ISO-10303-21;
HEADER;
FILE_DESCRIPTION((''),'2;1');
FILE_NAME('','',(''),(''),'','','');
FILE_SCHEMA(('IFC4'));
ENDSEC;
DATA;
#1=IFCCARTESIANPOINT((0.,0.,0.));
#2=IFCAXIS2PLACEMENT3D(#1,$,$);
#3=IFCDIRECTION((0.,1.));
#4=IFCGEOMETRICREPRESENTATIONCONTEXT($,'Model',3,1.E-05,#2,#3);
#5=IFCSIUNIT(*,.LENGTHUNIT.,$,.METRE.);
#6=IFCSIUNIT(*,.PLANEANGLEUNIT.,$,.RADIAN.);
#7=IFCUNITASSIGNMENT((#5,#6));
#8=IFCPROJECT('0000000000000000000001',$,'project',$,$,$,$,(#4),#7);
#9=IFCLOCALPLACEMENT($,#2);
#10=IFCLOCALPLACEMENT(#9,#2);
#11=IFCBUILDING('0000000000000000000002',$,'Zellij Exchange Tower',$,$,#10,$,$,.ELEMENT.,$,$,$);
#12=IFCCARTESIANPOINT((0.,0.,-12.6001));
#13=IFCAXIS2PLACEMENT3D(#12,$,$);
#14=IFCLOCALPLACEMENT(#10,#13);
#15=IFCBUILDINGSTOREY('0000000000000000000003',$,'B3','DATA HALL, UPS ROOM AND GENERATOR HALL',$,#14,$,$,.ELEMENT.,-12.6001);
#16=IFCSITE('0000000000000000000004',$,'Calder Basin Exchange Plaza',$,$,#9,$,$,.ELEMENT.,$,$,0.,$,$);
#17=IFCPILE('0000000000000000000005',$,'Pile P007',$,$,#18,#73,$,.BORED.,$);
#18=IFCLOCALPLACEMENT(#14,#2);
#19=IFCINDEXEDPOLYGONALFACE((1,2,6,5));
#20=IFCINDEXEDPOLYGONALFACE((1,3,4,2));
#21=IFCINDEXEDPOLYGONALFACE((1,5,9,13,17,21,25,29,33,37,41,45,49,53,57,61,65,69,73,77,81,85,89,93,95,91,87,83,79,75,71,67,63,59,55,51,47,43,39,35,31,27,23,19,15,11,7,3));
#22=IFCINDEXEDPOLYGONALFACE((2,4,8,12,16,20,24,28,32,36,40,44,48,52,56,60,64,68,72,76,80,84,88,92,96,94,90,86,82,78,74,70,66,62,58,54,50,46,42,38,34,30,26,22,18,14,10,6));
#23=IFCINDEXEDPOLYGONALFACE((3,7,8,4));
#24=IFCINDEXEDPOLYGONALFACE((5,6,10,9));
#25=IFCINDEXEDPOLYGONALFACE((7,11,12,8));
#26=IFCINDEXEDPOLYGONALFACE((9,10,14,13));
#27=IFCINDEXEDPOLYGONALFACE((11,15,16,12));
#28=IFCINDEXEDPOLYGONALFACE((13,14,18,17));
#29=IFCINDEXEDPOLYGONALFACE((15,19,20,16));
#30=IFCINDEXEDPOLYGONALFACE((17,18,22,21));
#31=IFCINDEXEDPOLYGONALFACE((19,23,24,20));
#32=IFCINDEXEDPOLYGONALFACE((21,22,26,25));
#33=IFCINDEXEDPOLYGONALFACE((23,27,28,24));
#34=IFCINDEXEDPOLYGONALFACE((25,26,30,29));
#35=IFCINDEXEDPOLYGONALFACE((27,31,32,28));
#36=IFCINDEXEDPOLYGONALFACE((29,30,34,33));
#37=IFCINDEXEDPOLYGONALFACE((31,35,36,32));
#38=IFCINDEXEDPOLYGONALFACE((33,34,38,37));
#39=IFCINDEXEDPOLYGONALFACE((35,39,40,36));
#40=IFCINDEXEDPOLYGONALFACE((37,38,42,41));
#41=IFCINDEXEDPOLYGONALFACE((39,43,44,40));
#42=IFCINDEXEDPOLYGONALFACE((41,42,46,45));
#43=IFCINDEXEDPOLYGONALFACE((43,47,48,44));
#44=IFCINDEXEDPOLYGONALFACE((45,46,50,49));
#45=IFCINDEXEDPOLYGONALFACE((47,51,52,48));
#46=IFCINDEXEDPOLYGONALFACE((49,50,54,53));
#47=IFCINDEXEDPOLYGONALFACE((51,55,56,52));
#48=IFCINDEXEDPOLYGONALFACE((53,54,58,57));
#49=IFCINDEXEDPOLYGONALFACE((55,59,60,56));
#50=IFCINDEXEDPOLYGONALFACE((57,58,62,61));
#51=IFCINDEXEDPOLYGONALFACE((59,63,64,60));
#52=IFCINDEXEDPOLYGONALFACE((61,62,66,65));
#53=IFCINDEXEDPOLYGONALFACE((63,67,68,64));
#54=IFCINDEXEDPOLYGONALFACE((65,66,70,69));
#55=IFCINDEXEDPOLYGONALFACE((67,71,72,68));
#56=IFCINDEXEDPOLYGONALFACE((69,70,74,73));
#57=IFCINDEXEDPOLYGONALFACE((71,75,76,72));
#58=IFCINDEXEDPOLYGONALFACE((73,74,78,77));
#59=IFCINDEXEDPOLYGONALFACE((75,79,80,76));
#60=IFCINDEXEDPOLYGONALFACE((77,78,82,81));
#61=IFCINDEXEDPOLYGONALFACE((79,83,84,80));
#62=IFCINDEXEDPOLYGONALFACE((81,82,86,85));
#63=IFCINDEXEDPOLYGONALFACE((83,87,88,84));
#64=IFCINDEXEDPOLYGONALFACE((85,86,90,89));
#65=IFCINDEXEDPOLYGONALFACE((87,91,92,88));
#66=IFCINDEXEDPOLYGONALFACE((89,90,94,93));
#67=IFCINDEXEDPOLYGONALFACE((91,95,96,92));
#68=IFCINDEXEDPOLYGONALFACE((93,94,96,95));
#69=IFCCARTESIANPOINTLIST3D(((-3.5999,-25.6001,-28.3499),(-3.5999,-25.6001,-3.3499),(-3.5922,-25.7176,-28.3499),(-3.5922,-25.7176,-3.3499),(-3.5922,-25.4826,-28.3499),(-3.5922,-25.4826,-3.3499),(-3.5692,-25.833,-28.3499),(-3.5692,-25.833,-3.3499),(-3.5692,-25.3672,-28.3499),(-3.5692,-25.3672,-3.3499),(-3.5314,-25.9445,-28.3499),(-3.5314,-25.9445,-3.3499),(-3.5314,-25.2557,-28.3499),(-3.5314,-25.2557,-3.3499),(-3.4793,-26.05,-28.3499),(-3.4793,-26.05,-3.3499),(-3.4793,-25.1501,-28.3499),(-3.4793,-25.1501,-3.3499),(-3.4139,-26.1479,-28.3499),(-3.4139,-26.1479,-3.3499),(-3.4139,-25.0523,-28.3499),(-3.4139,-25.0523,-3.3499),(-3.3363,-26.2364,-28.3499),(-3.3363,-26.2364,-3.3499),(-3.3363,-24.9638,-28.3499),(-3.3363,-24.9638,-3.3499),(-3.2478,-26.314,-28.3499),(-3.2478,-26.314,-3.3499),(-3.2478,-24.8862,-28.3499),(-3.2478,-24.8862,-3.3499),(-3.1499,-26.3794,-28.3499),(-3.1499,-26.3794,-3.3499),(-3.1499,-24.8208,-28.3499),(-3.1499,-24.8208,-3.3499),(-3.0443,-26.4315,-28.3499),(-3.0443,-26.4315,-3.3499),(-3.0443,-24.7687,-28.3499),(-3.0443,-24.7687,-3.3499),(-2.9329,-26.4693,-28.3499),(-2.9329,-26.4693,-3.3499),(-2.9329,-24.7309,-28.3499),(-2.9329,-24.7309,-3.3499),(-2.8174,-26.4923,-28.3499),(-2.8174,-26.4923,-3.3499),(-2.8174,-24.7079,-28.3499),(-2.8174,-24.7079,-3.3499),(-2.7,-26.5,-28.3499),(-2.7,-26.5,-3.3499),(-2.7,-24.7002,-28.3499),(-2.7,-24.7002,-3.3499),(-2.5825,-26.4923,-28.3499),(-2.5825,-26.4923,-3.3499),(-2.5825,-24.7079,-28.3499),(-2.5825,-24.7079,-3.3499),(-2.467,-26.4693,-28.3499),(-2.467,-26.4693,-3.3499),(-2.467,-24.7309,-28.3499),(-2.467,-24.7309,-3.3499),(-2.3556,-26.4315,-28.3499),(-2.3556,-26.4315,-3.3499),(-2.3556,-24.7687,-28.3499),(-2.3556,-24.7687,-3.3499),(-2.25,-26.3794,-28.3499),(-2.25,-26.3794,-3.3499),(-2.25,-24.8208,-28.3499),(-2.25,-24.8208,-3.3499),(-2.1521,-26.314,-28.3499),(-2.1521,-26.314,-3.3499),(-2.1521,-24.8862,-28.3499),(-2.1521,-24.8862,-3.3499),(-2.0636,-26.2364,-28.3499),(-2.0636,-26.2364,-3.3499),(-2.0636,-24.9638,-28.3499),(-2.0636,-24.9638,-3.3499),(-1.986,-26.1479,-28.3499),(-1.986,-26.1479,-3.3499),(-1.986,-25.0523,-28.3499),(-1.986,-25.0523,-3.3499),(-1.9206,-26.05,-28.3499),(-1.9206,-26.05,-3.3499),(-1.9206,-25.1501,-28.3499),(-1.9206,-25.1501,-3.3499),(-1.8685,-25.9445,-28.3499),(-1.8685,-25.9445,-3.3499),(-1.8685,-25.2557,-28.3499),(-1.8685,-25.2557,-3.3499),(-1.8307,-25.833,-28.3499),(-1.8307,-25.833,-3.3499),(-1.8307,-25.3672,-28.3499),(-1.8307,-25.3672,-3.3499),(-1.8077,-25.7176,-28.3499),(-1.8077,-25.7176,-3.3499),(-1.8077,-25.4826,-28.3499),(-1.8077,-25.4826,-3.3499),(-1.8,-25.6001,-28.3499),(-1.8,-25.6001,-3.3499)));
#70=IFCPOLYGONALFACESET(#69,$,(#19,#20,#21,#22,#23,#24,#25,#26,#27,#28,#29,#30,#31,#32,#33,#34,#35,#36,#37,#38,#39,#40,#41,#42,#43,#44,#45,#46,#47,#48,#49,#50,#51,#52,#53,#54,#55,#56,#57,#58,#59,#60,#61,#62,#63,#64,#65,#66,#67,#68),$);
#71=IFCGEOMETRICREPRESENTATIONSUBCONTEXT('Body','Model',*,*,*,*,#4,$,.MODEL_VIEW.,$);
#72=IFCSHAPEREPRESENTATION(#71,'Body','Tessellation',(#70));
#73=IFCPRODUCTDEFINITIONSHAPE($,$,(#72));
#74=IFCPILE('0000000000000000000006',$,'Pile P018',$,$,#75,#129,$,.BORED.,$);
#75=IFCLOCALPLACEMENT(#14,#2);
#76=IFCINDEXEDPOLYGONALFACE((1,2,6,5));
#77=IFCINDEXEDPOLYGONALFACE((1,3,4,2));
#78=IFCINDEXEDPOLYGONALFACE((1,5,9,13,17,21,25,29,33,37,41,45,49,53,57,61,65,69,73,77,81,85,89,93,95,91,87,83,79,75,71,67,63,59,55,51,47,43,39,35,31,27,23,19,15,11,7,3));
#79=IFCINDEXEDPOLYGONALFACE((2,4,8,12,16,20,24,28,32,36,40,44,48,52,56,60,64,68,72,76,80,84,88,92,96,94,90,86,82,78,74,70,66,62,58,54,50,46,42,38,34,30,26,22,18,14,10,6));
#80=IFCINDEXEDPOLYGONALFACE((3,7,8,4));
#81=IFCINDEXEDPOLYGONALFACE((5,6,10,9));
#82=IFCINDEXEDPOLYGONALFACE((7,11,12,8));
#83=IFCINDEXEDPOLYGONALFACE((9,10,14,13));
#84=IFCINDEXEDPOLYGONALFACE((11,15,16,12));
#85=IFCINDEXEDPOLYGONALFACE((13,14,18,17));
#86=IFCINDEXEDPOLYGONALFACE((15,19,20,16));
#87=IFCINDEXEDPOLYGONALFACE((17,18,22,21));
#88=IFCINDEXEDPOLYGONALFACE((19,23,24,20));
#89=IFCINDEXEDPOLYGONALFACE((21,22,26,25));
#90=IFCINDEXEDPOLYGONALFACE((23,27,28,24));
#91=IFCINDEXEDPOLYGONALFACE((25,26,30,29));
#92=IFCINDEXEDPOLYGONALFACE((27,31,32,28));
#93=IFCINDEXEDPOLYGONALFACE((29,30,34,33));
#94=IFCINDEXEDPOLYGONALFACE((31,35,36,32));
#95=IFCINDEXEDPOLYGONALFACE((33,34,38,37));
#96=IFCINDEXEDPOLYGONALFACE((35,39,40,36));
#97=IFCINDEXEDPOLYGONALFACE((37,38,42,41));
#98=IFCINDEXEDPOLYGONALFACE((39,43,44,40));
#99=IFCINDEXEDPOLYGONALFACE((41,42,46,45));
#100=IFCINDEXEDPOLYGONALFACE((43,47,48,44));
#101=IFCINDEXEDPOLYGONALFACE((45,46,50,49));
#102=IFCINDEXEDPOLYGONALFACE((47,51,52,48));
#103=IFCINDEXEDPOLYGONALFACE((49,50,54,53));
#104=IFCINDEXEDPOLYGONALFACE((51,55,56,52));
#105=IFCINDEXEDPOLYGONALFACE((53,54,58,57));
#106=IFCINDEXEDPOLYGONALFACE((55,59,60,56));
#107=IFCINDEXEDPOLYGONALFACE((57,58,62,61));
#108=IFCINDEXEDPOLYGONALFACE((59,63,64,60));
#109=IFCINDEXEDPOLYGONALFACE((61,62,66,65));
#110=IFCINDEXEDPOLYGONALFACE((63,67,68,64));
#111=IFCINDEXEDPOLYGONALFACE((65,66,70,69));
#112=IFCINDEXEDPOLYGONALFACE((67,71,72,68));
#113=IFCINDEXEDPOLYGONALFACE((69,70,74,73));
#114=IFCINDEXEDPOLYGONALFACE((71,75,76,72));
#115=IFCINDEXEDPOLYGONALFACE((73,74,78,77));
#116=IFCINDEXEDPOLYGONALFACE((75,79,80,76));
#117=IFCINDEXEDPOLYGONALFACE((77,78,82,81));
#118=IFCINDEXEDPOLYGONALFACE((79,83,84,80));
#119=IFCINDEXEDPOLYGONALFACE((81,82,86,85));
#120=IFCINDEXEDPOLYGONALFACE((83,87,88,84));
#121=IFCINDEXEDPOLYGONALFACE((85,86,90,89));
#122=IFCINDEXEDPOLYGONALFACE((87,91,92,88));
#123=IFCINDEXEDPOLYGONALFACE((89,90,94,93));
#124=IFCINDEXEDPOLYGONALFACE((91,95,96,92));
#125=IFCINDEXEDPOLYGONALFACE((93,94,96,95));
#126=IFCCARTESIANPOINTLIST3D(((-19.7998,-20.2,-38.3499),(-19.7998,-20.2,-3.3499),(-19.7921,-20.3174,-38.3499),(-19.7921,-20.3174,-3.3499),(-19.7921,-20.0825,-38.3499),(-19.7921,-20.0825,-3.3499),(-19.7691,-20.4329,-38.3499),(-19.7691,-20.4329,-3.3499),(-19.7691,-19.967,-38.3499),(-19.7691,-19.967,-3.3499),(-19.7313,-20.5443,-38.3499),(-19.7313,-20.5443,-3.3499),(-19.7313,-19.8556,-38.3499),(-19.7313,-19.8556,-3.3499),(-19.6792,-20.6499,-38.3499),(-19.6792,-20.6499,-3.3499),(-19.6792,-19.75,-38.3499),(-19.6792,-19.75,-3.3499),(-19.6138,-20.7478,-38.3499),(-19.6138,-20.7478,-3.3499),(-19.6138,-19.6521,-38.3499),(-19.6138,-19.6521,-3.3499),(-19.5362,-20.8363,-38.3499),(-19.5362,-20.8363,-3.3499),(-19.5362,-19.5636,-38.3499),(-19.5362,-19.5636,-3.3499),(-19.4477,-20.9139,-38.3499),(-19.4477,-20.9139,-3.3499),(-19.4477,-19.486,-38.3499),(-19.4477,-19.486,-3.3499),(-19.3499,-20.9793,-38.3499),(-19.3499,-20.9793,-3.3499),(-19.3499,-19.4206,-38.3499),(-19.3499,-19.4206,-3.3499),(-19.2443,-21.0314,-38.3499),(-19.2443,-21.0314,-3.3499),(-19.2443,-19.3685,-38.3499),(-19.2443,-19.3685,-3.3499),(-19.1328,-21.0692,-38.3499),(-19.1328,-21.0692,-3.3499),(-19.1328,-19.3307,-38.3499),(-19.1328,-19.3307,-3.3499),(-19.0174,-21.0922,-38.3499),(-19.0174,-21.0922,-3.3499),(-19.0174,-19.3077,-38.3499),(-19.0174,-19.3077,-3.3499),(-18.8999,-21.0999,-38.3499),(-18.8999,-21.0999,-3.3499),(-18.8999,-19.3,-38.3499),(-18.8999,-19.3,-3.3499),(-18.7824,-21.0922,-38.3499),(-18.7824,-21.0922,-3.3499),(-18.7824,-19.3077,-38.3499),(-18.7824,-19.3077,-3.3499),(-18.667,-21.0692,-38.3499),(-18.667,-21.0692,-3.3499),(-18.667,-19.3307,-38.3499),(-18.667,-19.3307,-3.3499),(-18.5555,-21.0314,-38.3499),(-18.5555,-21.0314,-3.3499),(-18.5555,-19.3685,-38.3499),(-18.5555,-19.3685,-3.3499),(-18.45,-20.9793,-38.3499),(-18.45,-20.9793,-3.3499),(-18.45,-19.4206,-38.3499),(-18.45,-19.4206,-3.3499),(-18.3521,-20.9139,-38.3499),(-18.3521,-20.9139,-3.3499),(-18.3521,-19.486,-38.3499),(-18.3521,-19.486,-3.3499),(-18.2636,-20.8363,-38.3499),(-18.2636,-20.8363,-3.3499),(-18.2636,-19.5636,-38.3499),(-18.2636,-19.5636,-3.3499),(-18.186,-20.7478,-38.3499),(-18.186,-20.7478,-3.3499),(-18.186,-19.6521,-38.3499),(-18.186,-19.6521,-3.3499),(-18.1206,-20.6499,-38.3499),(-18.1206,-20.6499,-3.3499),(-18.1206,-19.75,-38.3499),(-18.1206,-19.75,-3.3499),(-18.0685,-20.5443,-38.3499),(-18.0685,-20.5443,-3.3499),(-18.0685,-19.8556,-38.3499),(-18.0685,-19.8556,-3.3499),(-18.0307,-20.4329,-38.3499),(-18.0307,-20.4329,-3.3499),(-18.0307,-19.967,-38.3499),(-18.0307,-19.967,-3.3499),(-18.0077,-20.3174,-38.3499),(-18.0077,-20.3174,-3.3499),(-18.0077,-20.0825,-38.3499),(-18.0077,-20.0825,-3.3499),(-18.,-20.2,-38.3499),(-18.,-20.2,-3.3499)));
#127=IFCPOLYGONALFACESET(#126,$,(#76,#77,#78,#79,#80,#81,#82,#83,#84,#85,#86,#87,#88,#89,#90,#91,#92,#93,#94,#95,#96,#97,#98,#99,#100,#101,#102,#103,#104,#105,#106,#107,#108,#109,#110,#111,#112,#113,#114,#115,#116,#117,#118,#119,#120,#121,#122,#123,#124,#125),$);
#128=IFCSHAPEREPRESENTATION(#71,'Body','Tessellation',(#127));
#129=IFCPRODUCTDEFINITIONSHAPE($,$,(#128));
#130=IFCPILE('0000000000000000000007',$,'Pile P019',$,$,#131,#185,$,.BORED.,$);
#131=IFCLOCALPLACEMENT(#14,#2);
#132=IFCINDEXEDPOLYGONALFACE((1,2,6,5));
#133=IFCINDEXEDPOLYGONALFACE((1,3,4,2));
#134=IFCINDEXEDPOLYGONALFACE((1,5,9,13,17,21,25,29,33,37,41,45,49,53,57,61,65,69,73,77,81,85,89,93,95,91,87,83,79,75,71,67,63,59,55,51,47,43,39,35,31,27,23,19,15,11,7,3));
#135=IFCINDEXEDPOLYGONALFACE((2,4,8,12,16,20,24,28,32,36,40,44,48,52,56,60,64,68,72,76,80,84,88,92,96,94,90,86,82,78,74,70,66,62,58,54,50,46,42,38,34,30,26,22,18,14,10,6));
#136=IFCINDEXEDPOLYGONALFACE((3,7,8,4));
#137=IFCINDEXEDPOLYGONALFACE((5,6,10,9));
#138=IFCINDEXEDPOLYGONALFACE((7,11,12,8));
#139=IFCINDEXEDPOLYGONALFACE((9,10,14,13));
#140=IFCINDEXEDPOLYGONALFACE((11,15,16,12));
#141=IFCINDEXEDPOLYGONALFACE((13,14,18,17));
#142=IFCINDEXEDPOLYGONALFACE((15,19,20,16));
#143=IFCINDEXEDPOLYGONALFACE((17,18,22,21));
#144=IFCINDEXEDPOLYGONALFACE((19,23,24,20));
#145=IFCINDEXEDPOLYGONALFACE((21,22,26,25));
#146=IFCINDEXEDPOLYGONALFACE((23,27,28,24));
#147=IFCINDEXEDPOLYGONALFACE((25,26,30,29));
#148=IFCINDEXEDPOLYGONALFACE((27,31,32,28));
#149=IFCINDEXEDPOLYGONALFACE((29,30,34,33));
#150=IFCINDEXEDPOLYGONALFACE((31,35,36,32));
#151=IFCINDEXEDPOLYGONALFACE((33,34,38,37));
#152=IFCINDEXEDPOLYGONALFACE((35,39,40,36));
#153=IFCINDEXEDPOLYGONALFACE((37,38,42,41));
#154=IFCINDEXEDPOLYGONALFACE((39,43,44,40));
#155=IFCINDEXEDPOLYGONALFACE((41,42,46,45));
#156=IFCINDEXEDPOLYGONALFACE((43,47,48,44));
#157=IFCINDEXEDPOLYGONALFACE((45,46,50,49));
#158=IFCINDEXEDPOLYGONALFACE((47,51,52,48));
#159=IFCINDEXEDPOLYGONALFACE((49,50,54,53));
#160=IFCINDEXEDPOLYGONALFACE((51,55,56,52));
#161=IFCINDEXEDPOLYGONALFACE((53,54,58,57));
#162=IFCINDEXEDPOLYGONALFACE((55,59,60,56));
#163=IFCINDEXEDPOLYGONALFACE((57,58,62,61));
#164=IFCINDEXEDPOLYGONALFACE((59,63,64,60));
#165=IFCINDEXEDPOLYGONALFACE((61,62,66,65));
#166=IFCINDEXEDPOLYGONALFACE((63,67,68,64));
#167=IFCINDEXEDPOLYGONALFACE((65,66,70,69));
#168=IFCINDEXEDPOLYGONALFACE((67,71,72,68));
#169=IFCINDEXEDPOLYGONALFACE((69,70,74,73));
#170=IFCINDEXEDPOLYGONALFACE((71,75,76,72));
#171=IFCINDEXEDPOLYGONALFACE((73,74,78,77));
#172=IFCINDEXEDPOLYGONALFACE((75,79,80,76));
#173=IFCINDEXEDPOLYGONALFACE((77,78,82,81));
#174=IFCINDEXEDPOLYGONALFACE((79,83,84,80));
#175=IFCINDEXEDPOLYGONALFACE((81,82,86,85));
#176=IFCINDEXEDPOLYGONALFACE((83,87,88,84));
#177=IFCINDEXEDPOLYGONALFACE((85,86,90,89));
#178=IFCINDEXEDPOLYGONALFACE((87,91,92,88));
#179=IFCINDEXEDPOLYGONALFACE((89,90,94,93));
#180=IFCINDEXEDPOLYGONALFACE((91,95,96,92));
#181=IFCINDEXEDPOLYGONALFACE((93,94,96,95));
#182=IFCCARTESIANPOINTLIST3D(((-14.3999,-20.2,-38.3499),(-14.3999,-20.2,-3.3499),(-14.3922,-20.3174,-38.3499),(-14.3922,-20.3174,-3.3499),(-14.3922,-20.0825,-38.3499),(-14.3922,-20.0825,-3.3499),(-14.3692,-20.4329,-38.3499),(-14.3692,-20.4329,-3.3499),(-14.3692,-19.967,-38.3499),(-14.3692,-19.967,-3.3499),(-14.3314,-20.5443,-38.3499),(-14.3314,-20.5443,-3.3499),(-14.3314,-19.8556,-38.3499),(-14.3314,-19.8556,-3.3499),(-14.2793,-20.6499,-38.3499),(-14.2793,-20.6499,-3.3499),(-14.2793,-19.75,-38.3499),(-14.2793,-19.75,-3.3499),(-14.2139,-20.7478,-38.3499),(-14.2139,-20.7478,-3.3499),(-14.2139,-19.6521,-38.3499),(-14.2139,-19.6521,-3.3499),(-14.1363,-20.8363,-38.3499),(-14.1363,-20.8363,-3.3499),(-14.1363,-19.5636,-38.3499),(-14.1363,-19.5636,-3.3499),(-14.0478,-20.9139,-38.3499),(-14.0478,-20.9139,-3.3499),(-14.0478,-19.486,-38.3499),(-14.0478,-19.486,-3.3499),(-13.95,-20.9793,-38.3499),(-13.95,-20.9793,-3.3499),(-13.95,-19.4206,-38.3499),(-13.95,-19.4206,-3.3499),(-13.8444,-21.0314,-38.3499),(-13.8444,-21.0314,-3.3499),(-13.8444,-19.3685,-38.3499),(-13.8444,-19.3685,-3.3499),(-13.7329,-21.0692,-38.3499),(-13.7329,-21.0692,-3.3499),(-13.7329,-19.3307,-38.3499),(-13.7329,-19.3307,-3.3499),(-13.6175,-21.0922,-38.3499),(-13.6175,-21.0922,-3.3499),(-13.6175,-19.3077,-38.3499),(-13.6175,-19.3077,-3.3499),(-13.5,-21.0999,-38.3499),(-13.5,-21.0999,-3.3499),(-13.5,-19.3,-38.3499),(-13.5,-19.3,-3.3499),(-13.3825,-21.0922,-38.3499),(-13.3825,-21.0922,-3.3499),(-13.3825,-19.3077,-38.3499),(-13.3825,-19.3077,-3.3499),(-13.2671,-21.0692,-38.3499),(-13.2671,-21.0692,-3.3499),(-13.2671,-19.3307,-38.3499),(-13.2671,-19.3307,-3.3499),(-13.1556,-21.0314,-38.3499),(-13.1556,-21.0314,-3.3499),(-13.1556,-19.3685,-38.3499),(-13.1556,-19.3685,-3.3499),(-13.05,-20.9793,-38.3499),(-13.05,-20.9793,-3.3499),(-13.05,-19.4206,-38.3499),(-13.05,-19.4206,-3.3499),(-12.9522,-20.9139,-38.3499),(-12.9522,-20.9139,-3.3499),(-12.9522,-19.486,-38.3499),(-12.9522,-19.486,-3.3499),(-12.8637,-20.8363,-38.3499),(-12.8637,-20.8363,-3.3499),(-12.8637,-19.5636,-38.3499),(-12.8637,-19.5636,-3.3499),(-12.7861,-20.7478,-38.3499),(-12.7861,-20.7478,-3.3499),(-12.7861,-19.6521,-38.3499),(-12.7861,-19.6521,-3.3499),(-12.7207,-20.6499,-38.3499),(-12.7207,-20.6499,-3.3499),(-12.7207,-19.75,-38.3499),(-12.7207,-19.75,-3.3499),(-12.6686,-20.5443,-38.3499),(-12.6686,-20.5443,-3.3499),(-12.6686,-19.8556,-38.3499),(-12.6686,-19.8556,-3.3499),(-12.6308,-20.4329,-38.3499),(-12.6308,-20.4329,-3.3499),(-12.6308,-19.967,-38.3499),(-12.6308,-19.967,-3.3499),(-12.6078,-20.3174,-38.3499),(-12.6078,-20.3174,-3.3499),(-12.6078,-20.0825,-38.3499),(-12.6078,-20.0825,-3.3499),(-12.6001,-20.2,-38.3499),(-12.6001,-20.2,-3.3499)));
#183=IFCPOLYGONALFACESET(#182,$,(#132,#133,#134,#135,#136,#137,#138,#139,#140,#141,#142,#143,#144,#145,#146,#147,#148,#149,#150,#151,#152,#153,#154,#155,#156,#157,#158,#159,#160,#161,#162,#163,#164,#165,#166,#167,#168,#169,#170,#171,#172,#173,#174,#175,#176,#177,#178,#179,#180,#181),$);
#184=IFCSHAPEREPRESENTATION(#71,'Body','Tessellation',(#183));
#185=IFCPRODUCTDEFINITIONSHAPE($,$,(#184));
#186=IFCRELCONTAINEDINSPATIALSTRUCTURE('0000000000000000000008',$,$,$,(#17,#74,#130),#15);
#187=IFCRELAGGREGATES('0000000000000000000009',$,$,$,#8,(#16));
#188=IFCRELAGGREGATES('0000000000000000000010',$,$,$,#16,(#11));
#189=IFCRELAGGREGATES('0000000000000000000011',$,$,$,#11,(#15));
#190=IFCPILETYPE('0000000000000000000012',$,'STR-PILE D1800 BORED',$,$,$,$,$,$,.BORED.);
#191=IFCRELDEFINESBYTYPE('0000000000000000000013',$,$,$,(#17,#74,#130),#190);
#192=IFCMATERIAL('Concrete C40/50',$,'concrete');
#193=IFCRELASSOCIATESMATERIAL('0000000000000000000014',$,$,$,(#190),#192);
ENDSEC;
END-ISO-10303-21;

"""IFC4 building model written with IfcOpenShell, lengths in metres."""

from ifc_helpers import new_model, si_unit, direction, frame, origin, origin_2d, place, context, subcontext, project, spatial, circle, extrude, material, material_profile, profile_set, type_object, element, save


model = new_model("IFC4")

# Units and contexts
model_context = context("Model", 3, precision=1e-05, world=origin(), true_north=direction((0.0, 1.0)))
body_context = subcontext(model_context, "Body", "Model", "MODEL_VIEW")
ifc_project = project(units=[si_unit("LENGTHUNIT", "METRE"), si_unit("PLANEANGLEUNIT", "RADIAN")], contexts=[model_context])

# Site, building, storey
site_placement = place(None, origin())
site = spatial("IfcSite", under=ifc_project, at=site_placement, Name="Calder Basin Exchange Plaza", CompositionType="ELEMENT", RefElevation=0.0)
building_placement = place(site_placement, origin())
building = spatial("IfcBuilding", under=site, at=building_placement, Name="Zellij Exchange Tower", CompositionType="ELEMENT")
storey_placement = place(building_placement, frame((0.0, 0.0, -12.6001)))
storey = spatial("IfcBuildingStorey", under=building, at=storey_placement, Name="B3", Description="DATA HALL, UPS ROOM AND GENERATOR HALL", CompositionType="ELEMENT", Elevation=-12.6001)

# Piles
ifc_material_1 = material(Name="Concrete C40/50", Category="concrete")
ifc_material_profile_1 = material_profile(ifc_material_1, circle(Radius=0.8999, at=origin_2d()), Name="STR-PILE D1800 BORED")
ifc_profile_set_1 = profile_set([ifc_material_profile_1], Name="Concrete C40/50")
pile_type = type_object("IfcPileType", Name="STR-PILE D1800 BORED", PredefinedType="BORED", material=ifc_profile_set_1)
for number, where, z_axis, x_axis, name in (
    (1, (-2.7, -25.6001, -3.3499), (0.0, 0.0, -1.0), (1.0, 0.0, 0.0), "Pile P007"),
):
    element("IfcPile", number, at=place(storey_placement, frame(where, z_axis=z_axis, x_axis=x_axis)), inside=storey, type_object=pile_type, Name=name, PredefinedType="BORED", context=body_context, shape_type="SweptSolid", body=[
        extrude(circle(Radius=0.8999, at=origin_2d()), origin(), (0.0, 0.0, 1.0), 25.0),
    ])
for number, where, z_axis, x_axis, name in (
    (2, (-18.8999, -20.2, -3.3499), (0.0, 0.0, -1.0), (1.0, 0.0, 0.0), "Pile P018"),
    (3, (-13.5, -20.2, -3.3499), (0.0, 0.0, -1.0), (1.0, 0.0, 0.0), "Pile P019"),
):
    element("IfcPile", number, at=place(storey_placement, frame(where, z_axis=z_axis, x_axis=x_axis)), inside=storey, type_object=pile_type, Name=name, PredefinedType="BORED", context=body_context, shape_type="SweptSolid", body=[
        extrude(circle(Radius=0.8999, at=origin_2d()), origin(), (0.0, 0.0, 1.0), 35.0),
    ])

save(model, "model.ifc")
